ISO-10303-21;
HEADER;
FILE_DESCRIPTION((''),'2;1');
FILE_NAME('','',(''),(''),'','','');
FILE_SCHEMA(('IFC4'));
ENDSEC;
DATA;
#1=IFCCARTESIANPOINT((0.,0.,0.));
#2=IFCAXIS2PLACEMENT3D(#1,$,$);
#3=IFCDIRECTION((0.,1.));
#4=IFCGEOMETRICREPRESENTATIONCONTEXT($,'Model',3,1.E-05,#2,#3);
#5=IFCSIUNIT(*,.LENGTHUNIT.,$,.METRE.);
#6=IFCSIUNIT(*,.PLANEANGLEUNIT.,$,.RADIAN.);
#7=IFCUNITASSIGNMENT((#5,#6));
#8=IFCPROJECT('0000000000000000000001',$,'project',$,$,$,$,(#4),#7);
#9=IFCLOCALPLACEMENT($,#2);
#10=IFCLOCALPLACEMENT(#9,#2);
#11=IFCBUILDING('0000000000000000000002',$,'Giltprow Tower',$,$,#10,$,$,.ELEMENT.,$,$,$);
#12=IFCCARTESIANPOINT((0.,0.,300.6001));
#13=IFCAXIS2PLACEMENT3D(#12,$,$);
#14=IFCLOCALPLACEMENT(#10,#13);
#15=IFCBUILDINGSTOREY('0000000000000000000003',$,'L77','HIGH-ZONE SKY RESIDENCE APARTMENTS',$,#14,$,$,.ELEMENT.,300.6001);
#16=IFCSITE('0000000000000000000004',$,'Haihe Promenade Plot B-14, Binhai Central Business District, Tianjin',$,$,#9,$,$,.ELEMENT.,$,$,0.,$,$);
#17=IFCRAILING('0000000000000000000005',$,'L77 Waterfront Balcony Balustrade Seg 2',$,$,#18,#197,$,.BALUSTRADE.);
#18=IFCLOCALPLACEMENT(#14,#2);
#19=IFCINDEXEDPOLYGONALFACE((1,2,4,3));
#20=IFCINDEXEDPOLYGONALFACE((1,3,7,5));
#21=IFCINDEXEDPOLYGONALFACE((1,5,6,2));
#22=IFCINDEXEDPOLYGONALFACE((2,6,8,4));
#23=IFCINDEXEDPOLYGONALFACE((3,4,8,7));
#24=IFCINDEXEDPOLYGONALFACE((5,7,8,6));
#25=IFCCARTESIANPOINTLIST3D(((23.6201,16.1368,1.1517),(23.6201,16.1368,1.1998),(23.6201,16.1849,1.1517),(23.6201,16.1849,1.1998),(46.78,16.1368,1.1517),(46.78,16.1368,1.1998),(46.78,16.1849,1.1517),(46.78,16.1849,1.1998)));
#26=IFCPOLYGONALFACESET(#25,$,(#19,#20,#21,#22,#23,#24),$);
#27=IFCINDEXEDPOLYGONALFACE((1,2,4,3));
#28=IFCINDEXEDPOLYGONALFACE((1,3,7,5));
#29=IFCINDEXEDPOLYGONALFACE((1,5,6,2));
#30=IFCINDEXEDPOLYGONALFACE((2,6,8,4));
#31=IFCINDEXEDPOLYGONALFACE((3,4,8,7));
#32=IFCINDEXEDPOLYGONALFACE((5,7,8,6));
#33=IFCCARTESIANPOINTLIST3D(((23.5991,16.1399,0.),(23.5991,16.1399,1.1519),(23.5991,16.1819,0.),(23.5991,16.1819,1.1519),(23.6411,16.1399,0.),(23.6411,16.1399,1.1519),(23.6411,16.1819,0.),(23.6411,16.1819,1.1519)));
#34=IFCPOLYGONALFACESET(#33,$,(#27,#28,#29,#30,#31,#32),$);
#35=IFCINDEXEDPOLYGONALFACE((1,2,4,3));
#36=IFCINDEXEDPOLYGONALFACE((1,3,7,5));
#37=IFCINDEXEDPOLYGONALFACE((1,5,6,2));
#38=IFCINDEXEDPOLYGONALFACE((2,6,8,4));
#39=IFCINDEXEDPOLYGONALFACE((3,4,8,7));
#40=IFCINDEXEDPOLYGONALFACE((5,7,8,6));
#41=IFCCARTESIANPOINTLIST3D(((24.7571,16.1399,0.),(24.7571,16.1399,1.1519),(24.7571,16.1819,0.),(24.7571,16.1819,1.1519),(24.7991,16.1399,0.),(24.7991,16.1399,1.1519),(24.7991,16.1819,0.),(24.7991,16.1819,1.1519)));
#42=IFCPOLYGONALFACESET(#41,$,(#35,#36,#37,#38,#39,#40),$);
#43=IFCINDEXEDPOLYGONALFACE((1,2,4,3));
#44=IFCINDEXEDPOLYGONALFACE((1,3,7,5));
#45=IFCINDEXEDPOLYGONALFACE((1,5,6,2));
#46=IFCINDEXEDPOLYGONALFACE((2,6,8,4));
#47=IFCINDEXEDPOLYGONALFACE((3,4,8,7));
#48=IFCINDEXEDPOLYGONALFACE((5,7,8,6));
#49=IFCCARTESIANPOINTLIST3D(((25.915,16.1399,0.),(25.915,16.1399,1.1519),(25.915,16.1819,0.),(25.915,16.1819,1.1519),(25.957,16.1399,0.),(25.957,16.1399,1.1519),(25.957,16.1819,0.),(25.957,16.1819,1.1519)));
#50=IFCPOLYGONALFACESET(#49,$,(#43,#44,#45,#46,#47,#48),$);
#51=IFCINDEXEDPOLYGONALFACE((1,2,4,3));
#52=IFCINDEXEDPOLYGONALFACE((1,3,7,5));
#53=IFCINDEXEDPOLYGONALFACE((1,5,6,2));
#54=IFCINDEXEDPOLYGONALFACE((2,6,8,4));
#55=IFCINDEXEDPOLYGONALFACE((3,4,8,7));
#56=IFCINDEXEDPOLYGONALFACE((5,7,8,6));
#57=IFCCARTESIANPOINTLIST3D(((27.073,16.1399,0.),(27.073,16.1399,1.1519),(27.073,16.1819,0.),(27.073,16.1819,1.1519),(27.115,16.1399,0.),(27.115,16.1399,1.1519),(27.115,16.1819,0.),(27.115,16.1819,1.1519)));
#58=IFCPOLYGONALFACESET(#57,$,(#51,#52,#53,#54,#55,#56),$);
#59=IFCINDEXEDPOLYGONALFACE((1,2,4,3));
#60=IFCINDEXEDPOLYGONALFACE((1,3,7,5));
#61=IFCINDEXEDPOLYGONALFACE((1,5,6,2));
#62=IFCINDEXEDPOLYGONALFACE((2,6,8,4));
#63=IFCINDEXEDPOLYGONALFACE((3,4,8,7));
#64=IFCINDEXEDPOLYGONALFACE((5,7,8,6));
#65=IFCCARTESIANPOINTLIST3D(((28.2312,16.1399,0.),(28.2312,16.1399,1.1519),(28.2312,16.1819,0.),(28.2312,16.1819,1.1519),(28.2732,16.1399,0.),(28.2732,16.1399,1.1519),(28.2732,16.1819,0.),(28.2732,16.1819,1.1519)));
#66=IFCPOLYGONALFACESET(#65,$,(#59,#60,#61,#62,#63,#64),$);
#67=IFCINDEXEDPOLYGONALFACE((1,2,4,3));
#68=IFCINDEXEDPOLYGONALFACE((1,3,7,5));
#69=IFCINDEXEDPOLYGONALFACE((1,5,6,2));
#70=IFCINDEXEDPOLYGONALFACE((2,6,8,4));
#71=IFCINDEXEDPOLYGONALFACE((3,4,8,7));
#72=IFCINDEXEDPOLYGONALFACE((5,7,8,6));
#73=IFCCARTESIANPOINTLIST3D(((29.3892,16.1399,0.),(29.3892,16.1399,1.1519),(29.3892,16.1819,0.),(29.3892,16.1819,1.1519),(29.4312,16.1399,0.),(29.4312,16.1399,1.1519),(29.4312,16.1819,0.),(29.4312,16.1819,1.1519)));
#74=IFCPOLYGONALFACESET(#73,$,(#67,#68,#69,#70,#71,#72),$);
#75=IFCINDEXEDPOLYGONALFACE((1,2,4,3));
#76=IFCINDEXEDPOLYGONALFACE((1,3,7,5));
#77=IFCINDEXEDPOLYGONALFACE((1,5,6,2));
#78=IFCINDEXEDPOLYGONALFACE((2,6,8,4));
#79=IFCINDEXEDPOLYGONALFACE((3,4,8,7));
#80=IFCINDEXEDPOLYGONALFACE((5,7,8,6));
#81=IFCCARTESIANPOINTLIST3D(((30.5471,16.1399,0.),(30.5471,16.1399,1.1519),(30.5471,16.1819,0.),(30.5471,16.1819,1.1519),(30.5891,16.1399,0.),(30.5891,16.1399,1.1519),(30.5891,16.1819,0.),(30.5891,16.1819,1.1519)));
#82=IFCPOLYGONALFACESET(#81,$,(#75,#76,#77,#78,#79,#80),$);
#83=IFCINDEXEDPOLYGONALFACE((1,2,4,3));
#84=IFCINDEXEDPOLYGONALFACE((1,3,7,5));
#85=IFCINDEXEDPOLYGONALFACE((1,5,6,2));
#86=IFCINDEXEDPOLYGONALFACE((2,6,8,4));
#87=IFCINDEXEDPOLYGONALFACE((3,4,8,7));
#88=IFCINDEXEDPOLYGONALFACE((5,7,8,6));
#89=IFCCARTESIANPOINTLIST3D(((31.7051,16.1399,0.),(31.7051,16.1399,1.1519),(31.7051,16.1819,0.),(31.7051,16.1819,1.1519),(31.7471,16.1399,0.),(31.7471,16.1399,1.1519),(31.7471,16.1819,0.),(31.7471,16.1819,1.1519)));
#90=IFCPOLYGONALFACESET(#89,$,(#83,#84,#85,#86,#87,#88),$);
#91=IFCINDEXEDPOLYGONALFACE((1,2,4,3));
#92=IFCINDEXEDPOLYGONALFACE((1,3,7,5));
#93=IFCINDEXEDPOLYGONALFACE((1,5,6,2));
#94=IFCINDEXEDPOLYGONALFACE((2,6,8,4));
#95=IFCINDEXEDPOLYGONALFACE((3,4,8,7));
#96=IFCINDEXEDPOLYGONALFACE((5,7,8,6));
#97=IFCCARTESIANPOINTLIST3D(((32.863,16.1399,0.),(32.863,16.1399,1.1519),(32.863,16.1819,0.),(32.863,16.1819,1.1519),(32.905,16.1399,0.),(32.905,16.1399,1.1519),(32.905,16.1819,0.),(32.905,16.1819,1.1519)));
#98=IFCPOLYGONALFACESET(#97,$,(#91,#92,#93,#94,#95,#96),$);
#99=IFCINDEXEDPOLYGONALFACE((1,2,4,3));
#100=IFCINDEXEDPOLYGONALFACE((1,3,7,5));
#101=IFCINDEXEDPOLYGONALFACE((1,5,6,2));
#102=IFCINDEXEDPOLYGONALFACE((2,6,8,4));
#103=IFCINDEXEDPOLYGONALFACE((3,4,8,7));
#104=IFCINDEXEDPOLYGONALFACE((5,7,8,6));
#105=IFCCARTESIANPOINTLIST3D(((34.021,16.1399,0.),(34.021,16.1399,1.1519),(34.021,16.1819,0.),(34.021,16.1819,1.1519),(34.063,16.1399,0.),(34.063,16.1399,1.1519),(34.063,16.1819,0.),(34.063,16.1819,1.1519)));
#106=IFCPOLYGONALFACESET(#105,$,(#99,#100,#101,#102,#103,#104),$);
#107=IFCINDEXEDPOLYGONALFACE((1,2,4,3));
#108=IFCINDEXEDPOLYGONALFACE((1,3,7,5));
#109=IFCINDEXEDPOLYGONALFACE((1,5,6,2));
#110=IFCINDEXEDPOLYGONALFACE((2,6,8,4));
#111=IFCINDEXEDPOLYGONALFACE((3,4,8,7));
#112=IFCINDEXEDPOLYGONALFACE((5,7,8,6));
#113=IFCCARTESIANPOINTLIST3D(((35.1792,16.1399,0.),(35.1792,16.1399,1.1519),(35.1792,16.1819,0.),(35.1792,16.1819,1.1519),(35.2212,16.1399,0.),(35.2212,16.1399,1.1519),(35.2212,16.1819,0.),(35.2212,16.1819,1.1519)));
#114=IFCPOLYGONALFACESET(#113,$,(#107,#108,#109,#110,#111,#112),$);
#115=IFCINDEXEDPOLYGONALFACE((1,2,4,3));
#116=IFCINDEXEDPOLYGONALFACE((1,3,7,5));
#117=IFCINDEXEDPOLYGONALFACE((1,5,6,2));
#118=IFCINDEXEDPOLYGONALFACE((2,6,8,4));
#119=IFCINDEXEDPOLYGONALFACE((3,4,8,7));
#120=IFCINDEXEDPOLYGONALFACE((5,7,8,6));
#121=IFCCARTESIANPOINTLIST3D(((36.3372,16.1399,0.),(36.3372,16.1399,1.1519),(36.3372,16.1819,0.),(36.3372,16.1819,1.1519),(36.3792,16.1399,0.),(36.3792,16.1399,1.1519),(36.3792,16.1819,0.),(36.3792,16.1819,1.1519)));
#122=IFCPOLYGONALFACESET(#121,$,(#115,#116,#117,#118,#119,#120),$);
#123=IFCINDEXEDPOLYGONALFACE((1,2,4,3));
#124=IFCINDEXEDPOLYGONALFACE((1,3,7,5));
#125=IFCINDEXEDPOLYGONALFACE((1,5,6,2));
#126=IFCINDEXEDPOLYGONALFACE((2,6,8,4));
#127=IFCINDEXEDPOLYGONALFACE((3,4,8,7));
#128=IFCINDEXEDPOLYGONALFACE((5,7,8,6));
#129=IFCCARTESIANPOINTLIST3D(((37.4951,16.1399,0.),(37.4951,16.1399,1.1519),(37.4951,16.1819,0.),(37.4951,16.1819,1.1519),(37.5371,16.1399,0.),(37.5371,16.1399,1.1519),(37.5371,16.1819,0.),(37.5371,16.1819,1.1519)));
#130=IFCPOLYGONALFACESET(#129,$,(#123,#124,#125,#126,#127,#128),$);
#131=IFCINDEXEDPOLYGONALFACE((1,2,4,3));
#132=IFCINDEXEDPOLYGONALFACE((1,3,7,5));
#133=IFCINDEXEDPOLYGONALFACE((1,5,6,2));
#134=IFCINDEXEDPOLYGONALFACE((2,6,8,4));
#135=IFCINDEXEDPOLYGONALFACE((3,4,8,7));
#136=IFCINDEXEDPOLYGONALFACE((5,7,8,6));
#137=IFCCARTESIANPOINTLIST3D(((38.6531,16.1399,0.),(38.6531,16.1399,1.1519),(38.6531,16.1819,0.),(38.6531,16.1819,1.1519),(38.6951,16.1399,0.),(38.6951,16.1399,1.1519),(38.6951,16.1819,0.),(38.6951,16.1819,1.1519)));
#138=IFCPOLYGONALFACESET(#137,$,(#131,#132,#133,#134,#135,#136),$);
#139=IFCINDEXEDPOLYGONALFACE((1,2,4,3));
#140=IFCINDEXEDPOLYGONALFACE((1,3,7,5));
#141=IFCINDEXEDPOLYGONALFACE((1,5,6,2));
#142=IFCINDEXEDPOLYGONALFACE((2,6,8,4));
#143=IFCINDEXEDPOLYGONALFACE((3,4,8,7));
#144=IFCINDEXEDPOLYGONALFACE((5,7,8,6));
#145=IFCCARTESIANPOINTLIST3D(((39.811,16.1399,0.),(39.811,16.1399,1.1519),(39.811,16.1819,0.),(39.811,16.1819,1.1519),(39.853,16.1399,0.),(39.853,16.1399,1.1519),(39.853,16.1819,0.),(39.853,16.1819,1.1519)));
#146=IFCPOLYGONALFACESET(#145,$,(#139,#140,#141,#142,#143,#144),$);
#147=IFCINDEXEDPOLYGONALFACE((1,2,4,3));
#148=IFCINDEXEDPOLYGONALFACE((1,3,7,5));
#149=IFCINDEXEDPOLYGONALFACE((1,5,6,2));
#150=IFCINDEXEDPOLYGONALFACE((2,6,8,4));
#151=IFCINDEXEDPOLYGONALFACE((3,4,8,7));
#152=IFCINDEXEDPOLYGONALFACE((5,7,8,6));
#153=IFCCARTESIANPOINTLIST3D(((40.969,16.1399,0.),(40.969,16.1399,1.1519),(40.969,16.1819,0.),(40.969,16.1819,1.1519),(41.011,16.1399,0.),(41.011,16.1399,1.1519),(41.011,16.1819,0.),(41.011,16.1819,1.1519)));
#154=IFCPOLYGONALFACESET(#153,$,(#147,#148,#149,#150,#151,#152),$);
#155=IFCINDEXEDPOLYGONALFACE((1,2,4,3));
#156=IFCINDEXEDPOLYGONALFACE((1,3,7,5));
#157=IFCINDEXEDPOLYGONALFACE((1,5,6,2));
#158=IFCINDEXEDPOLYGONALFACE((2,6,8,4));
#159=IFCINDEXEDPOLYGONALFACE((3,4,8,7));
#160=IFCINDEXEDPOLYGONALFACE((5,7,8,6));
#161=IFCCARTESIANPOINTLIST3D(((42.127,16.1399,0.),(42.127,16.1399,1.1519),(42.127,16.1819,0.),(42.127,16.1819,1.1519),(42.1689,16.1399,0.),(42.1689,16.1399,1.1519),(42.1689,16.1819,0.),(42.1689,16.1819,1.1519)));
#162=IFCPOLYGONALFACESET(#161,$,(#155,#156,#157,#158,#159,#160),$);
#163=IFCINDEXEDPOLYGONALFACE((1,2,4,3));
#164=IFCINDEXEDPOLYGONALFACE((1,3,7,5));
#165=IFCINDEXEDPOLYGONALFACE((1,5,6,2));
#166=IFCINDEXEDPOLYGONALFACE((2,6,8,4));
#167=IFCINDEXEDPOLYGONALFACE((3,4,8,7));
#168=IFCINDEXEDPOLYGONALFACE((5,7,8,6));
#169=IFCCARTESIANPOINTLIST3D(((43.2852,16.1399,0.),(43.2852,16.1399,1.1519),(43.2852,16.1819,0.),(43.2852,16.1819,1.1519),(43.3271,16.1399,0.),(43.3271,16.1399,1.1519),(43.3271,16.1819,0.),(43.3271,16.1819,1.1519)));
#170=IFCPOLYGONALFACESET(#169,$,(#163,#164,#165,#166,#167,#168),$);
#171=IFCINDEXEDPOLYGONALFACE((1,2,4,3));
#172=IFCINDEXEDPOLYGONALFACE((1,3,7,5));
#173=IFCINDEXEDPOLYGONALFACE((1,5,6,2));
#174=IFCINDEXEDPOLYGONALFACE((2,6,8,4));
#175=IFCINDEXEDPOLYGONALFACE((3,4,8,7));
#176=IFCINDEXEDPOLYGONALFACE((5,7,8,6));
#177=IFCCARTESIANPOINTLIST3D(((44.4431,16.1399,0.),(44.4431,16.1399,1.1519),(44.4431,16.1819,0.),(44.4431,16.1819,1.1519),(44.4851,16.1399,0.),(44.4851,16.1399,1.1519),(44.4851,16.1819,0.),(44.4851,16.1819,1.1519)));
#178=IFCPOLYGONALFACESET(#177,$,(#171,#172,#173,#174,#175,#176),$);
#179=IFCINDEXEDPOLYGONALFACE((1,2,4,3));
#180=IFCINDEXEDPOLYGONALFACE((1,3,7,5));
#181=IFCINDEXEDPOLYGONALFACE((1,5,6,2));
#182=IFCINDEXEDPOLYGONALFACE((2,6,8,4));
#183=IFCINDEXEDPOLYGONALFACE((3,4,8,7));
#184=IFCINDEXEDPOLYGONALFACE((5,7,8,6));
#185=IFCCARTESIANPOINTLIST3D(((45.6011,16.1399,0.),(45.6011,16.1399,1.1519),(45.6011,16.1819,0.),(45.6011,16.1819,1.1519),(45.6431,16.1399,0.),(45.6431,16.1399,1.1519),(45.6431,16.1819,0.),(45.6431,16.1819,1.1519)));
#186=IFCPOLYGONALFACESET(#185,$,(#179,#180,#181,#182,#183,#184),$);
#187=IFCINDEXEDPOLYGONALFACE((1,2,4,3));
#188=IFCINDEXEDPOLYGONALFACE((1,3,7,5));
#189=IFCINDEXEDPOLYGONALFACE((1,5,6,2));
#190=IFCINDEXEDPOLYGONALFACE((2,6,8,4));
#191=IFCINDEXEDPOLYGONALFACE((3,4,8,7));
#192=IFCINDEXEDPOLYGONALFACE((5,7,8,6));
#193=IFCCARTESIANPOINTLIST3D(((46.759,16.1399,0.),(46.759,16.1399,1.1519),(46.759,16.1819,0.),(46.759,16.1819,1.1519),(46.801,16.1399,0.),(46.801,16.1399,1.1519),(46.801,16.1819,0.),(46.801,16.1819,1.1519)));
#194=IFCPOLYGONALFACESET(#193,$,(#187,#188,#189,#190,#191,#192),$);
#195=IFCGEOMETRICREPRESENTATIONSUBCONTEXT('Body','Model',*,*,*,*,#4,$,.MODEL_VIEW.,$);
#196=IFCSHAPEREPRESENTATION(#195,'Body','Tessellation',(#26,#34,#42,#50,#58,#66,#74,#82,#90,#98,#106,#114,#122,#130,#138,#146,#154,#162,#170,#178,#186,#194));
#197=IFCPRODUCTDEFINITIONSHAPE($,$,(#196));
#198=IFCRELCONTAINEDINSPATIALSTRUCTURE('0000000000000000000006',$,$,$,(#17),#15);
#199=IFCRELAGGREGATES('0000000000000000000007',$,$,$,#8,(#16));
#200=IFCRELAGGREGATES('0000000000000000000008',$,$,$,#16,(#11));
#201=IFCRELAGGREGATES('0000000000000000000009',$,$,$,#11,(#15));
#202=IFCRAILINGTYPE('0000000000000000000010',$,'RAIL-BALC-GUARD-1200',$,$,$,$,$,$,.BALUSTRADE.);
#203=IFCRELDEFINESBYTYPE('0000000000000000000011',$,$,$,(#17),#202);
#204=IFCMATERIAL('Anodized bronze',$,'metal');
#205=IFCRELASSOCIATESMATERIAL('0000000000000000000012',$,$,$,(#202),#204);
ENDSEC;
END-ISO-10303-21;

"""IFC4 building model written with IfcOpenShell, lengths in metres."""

from ifc_helpers import new_model, si_unit, direction, frame, origin, origin_2d, place, context, subcontext, project, spatial, rectangle, extrude, material, type_object, element, save


model = new_model("IFC4")

# Units and contexts
model_context = context("Model", 3, precision=1e-05, world=origin(), true_north=direction((0.0, 1.0)))
body_context = subcontext(model_context, "Body", "Model", "MODEL_VIEW")
ifc_project = project(units=[si_unit("LENGTHUNIT", "METRE"), si_unit("PLANEANGLEUNIT", "RADIAN")], contexts=[model_context])

# Site, building, storey
site_placement = place(None, origin())
site = spatial("IfcSite", under=ifc_project, at=site_placement, Name="Haihe Promenade Plot B-14, Binhai Central Business District, Tianjin", CompositionType="ELEMENT", RefElevation=0.0)
building_placement = place(site_placement, origin())
building = spatial("IfcBuilding", under=site, at=building_placement, Name="Giltprow Tower", CompositionType="ELEMENT")
storey_placement = place(building_placement, frame((0.0, 0.0, 300.6001)))
storey = spatial("IfcBuildingStorey", under=building, at=storey_placement, Name="L77", Description="HIGH-ZONE SKY RESIDENCE APARTMENTS", CompositionType="ELEMENT", Elevation=300.6001)

# Shared definitions
ifc_material_1 = material(Name="Anodized bronze", Category="metal")

# Railing
railing_type = type_object("IfcRailingType", Name="RAIL-BALC-GUARD-1200", PredefinedType="BALUSTRADE", material=ifc_material_1)
railing_1_placement = place(storey_placement, frame((23.6201, 16.1609, 0.0)))
element("IfcRailing", 1, at=railing_1_placement, inside=storey, type_object=railing_type, Name="L77 Waterfront Balcony Balustrade Seg 2", PredefinedType="BALUSTRADE", context=body_context, shape_type="SweptSolid", body=[
    extrude(rectangle(XDim=0.0481, YDim=0.0481, at=origin_2d()), frame((0.0, 0.0, 1.1758), z_axis=(1.0, 0.0, 0.0), x_axis=(0.0, 1.0, 0.0)), (0.0, 0.0, 1.0), 23.1599),
    extrude(rectangle(XDim=0.042, YDim=0.042, at=origin_2d()), origin(), (0.0, 0.0, 1.0), 1.1519),
    extrude(rectangle(XDim=0.042, YDim=0.042, at=origin_2d()), frame((1.158, 0.0, 0.0)), (0.0, 0.0, 1.0), 1.1519),
    extrude(rectangle(XDim=0.042, YDim=0.042, at=origin_2d()), frame((2.3159, 0.0, 0.0)), (0.0, 0.0, 1.0), 1.1519),
    extrude(rectangle(XDim=0.042, YDim=0.042, at=origin_2d()), frame((3.4739, 0.0, 0.0)), (0.0, 0.0, 1.0), 1.1519),
    extrude(rectangle(XDim=0.042, YDim=0.042, at=origin_2d()), frame((4.6321, 0.0, 0.0)), (0.0, 0.0, 1.0), 1.1519),
    extrude(rectangle(XDim=0.042, YDim=0.042, at=origin_2d()), frame((5.79, 0.0, 0.0)), (0.0, 0.0, 1.0), 1.1519),
    extrude(rectangle(XDim=0.042, YDim=0.042, at=origin_2d()), frame((6.948, 0.0, 0.0)), (0.0, 0.0, 1.0), 1.1519),
    extrude(rectangle(XDim=0.042, YDim=0.042, at=origin_2d()), frame((8.106, 0.0, 0.0)), (0.0, 0.0, 1.0), 1.1519),
    extrude(rectangle(XDim=0.042, YDim=0.042, at=origin_2d()), frame((9.2639, 0.0, 0.0)), (0.0, 0.0, 1.0), 1.1519),
    extrude(rectangle(XDim=0.042, YDim=0.042, at=origin_2d()), frame((10.4219, 0.0, 0.0)), (0.0, 0.0, 1.0), 1.1519),
    extrude(rectangle(XDim=0.042, YDim=0.042, at=origin_2d()), frame((11.5801, 0.0, 0.0)), (0.0, 0.0, 1.0), 1.1519),
    extrude(rectangle(XDim=0.042, YDim=0.042, at=origin_2d()), frame((12.738, 0.0, 0.0)), (0.0, 0.0, 1.0), 1.1519),
    extrude(rectangle(XDim=0.042, YDim=0.042, at=origin_2d()), frame((13.896, 0.0, 0.0)), (0.0, 0.0, 1.0), 1.1519),
    extrude(rectangle(XDim=0.042, YDim=0.042, at=origin_2d()), frame((15.054, 0.0, 0.0)), (0.0, 0.0, 1.0), 1.1519),
    extrude(rectangle(XDim=0.042, YDim=0.042, at=origin_2d()), frame((16.2119, 0.0, 0.0)), (0.0, 0.0, 1.0), 1.1519),
    extrude(rectangle(XDim=0.042, YDim=0.042, at=origin_2d()), frame((17.3699, 0.0, 0.0)), (0.0, 0.0, 1.0), 1.1519),
    extrude(rectangle(XDim=0.042, YDim=0.042, at=origin_2d()), frame((18.5278, 0.0, 0.0)), (0.0, 0.0, 1.0), 1.1519),
    extrude(rectangle(XDim=0.042, YDim=0.042, at=origin_2d()), frame((19.686, 0.0, 0.0)), (0.0, 0.0, 1.0), 1.1519),
    extrude(rectangle(XDim=0.042, YDim=0.042, at=origin_2d()), frame((20.844, 0.0, 0.0)), (0.0, 0.0, 1.0), 1.1519),
    extrude(rectangle(XDim=0.042, YDim=0.042, at=origin_2d()), frame((22.002, 0.0, 0.0)), (0.0, 0.0, 1.0), 1.1519),
    extrude(rectangle(XDim=0.042, YDim=0.042, at=origin_2d()), frame((23.1599, 0.0, 0.0)), (0.0, 0.0, 1.0), 1.1519),
])

save(model, "model.ifc")
